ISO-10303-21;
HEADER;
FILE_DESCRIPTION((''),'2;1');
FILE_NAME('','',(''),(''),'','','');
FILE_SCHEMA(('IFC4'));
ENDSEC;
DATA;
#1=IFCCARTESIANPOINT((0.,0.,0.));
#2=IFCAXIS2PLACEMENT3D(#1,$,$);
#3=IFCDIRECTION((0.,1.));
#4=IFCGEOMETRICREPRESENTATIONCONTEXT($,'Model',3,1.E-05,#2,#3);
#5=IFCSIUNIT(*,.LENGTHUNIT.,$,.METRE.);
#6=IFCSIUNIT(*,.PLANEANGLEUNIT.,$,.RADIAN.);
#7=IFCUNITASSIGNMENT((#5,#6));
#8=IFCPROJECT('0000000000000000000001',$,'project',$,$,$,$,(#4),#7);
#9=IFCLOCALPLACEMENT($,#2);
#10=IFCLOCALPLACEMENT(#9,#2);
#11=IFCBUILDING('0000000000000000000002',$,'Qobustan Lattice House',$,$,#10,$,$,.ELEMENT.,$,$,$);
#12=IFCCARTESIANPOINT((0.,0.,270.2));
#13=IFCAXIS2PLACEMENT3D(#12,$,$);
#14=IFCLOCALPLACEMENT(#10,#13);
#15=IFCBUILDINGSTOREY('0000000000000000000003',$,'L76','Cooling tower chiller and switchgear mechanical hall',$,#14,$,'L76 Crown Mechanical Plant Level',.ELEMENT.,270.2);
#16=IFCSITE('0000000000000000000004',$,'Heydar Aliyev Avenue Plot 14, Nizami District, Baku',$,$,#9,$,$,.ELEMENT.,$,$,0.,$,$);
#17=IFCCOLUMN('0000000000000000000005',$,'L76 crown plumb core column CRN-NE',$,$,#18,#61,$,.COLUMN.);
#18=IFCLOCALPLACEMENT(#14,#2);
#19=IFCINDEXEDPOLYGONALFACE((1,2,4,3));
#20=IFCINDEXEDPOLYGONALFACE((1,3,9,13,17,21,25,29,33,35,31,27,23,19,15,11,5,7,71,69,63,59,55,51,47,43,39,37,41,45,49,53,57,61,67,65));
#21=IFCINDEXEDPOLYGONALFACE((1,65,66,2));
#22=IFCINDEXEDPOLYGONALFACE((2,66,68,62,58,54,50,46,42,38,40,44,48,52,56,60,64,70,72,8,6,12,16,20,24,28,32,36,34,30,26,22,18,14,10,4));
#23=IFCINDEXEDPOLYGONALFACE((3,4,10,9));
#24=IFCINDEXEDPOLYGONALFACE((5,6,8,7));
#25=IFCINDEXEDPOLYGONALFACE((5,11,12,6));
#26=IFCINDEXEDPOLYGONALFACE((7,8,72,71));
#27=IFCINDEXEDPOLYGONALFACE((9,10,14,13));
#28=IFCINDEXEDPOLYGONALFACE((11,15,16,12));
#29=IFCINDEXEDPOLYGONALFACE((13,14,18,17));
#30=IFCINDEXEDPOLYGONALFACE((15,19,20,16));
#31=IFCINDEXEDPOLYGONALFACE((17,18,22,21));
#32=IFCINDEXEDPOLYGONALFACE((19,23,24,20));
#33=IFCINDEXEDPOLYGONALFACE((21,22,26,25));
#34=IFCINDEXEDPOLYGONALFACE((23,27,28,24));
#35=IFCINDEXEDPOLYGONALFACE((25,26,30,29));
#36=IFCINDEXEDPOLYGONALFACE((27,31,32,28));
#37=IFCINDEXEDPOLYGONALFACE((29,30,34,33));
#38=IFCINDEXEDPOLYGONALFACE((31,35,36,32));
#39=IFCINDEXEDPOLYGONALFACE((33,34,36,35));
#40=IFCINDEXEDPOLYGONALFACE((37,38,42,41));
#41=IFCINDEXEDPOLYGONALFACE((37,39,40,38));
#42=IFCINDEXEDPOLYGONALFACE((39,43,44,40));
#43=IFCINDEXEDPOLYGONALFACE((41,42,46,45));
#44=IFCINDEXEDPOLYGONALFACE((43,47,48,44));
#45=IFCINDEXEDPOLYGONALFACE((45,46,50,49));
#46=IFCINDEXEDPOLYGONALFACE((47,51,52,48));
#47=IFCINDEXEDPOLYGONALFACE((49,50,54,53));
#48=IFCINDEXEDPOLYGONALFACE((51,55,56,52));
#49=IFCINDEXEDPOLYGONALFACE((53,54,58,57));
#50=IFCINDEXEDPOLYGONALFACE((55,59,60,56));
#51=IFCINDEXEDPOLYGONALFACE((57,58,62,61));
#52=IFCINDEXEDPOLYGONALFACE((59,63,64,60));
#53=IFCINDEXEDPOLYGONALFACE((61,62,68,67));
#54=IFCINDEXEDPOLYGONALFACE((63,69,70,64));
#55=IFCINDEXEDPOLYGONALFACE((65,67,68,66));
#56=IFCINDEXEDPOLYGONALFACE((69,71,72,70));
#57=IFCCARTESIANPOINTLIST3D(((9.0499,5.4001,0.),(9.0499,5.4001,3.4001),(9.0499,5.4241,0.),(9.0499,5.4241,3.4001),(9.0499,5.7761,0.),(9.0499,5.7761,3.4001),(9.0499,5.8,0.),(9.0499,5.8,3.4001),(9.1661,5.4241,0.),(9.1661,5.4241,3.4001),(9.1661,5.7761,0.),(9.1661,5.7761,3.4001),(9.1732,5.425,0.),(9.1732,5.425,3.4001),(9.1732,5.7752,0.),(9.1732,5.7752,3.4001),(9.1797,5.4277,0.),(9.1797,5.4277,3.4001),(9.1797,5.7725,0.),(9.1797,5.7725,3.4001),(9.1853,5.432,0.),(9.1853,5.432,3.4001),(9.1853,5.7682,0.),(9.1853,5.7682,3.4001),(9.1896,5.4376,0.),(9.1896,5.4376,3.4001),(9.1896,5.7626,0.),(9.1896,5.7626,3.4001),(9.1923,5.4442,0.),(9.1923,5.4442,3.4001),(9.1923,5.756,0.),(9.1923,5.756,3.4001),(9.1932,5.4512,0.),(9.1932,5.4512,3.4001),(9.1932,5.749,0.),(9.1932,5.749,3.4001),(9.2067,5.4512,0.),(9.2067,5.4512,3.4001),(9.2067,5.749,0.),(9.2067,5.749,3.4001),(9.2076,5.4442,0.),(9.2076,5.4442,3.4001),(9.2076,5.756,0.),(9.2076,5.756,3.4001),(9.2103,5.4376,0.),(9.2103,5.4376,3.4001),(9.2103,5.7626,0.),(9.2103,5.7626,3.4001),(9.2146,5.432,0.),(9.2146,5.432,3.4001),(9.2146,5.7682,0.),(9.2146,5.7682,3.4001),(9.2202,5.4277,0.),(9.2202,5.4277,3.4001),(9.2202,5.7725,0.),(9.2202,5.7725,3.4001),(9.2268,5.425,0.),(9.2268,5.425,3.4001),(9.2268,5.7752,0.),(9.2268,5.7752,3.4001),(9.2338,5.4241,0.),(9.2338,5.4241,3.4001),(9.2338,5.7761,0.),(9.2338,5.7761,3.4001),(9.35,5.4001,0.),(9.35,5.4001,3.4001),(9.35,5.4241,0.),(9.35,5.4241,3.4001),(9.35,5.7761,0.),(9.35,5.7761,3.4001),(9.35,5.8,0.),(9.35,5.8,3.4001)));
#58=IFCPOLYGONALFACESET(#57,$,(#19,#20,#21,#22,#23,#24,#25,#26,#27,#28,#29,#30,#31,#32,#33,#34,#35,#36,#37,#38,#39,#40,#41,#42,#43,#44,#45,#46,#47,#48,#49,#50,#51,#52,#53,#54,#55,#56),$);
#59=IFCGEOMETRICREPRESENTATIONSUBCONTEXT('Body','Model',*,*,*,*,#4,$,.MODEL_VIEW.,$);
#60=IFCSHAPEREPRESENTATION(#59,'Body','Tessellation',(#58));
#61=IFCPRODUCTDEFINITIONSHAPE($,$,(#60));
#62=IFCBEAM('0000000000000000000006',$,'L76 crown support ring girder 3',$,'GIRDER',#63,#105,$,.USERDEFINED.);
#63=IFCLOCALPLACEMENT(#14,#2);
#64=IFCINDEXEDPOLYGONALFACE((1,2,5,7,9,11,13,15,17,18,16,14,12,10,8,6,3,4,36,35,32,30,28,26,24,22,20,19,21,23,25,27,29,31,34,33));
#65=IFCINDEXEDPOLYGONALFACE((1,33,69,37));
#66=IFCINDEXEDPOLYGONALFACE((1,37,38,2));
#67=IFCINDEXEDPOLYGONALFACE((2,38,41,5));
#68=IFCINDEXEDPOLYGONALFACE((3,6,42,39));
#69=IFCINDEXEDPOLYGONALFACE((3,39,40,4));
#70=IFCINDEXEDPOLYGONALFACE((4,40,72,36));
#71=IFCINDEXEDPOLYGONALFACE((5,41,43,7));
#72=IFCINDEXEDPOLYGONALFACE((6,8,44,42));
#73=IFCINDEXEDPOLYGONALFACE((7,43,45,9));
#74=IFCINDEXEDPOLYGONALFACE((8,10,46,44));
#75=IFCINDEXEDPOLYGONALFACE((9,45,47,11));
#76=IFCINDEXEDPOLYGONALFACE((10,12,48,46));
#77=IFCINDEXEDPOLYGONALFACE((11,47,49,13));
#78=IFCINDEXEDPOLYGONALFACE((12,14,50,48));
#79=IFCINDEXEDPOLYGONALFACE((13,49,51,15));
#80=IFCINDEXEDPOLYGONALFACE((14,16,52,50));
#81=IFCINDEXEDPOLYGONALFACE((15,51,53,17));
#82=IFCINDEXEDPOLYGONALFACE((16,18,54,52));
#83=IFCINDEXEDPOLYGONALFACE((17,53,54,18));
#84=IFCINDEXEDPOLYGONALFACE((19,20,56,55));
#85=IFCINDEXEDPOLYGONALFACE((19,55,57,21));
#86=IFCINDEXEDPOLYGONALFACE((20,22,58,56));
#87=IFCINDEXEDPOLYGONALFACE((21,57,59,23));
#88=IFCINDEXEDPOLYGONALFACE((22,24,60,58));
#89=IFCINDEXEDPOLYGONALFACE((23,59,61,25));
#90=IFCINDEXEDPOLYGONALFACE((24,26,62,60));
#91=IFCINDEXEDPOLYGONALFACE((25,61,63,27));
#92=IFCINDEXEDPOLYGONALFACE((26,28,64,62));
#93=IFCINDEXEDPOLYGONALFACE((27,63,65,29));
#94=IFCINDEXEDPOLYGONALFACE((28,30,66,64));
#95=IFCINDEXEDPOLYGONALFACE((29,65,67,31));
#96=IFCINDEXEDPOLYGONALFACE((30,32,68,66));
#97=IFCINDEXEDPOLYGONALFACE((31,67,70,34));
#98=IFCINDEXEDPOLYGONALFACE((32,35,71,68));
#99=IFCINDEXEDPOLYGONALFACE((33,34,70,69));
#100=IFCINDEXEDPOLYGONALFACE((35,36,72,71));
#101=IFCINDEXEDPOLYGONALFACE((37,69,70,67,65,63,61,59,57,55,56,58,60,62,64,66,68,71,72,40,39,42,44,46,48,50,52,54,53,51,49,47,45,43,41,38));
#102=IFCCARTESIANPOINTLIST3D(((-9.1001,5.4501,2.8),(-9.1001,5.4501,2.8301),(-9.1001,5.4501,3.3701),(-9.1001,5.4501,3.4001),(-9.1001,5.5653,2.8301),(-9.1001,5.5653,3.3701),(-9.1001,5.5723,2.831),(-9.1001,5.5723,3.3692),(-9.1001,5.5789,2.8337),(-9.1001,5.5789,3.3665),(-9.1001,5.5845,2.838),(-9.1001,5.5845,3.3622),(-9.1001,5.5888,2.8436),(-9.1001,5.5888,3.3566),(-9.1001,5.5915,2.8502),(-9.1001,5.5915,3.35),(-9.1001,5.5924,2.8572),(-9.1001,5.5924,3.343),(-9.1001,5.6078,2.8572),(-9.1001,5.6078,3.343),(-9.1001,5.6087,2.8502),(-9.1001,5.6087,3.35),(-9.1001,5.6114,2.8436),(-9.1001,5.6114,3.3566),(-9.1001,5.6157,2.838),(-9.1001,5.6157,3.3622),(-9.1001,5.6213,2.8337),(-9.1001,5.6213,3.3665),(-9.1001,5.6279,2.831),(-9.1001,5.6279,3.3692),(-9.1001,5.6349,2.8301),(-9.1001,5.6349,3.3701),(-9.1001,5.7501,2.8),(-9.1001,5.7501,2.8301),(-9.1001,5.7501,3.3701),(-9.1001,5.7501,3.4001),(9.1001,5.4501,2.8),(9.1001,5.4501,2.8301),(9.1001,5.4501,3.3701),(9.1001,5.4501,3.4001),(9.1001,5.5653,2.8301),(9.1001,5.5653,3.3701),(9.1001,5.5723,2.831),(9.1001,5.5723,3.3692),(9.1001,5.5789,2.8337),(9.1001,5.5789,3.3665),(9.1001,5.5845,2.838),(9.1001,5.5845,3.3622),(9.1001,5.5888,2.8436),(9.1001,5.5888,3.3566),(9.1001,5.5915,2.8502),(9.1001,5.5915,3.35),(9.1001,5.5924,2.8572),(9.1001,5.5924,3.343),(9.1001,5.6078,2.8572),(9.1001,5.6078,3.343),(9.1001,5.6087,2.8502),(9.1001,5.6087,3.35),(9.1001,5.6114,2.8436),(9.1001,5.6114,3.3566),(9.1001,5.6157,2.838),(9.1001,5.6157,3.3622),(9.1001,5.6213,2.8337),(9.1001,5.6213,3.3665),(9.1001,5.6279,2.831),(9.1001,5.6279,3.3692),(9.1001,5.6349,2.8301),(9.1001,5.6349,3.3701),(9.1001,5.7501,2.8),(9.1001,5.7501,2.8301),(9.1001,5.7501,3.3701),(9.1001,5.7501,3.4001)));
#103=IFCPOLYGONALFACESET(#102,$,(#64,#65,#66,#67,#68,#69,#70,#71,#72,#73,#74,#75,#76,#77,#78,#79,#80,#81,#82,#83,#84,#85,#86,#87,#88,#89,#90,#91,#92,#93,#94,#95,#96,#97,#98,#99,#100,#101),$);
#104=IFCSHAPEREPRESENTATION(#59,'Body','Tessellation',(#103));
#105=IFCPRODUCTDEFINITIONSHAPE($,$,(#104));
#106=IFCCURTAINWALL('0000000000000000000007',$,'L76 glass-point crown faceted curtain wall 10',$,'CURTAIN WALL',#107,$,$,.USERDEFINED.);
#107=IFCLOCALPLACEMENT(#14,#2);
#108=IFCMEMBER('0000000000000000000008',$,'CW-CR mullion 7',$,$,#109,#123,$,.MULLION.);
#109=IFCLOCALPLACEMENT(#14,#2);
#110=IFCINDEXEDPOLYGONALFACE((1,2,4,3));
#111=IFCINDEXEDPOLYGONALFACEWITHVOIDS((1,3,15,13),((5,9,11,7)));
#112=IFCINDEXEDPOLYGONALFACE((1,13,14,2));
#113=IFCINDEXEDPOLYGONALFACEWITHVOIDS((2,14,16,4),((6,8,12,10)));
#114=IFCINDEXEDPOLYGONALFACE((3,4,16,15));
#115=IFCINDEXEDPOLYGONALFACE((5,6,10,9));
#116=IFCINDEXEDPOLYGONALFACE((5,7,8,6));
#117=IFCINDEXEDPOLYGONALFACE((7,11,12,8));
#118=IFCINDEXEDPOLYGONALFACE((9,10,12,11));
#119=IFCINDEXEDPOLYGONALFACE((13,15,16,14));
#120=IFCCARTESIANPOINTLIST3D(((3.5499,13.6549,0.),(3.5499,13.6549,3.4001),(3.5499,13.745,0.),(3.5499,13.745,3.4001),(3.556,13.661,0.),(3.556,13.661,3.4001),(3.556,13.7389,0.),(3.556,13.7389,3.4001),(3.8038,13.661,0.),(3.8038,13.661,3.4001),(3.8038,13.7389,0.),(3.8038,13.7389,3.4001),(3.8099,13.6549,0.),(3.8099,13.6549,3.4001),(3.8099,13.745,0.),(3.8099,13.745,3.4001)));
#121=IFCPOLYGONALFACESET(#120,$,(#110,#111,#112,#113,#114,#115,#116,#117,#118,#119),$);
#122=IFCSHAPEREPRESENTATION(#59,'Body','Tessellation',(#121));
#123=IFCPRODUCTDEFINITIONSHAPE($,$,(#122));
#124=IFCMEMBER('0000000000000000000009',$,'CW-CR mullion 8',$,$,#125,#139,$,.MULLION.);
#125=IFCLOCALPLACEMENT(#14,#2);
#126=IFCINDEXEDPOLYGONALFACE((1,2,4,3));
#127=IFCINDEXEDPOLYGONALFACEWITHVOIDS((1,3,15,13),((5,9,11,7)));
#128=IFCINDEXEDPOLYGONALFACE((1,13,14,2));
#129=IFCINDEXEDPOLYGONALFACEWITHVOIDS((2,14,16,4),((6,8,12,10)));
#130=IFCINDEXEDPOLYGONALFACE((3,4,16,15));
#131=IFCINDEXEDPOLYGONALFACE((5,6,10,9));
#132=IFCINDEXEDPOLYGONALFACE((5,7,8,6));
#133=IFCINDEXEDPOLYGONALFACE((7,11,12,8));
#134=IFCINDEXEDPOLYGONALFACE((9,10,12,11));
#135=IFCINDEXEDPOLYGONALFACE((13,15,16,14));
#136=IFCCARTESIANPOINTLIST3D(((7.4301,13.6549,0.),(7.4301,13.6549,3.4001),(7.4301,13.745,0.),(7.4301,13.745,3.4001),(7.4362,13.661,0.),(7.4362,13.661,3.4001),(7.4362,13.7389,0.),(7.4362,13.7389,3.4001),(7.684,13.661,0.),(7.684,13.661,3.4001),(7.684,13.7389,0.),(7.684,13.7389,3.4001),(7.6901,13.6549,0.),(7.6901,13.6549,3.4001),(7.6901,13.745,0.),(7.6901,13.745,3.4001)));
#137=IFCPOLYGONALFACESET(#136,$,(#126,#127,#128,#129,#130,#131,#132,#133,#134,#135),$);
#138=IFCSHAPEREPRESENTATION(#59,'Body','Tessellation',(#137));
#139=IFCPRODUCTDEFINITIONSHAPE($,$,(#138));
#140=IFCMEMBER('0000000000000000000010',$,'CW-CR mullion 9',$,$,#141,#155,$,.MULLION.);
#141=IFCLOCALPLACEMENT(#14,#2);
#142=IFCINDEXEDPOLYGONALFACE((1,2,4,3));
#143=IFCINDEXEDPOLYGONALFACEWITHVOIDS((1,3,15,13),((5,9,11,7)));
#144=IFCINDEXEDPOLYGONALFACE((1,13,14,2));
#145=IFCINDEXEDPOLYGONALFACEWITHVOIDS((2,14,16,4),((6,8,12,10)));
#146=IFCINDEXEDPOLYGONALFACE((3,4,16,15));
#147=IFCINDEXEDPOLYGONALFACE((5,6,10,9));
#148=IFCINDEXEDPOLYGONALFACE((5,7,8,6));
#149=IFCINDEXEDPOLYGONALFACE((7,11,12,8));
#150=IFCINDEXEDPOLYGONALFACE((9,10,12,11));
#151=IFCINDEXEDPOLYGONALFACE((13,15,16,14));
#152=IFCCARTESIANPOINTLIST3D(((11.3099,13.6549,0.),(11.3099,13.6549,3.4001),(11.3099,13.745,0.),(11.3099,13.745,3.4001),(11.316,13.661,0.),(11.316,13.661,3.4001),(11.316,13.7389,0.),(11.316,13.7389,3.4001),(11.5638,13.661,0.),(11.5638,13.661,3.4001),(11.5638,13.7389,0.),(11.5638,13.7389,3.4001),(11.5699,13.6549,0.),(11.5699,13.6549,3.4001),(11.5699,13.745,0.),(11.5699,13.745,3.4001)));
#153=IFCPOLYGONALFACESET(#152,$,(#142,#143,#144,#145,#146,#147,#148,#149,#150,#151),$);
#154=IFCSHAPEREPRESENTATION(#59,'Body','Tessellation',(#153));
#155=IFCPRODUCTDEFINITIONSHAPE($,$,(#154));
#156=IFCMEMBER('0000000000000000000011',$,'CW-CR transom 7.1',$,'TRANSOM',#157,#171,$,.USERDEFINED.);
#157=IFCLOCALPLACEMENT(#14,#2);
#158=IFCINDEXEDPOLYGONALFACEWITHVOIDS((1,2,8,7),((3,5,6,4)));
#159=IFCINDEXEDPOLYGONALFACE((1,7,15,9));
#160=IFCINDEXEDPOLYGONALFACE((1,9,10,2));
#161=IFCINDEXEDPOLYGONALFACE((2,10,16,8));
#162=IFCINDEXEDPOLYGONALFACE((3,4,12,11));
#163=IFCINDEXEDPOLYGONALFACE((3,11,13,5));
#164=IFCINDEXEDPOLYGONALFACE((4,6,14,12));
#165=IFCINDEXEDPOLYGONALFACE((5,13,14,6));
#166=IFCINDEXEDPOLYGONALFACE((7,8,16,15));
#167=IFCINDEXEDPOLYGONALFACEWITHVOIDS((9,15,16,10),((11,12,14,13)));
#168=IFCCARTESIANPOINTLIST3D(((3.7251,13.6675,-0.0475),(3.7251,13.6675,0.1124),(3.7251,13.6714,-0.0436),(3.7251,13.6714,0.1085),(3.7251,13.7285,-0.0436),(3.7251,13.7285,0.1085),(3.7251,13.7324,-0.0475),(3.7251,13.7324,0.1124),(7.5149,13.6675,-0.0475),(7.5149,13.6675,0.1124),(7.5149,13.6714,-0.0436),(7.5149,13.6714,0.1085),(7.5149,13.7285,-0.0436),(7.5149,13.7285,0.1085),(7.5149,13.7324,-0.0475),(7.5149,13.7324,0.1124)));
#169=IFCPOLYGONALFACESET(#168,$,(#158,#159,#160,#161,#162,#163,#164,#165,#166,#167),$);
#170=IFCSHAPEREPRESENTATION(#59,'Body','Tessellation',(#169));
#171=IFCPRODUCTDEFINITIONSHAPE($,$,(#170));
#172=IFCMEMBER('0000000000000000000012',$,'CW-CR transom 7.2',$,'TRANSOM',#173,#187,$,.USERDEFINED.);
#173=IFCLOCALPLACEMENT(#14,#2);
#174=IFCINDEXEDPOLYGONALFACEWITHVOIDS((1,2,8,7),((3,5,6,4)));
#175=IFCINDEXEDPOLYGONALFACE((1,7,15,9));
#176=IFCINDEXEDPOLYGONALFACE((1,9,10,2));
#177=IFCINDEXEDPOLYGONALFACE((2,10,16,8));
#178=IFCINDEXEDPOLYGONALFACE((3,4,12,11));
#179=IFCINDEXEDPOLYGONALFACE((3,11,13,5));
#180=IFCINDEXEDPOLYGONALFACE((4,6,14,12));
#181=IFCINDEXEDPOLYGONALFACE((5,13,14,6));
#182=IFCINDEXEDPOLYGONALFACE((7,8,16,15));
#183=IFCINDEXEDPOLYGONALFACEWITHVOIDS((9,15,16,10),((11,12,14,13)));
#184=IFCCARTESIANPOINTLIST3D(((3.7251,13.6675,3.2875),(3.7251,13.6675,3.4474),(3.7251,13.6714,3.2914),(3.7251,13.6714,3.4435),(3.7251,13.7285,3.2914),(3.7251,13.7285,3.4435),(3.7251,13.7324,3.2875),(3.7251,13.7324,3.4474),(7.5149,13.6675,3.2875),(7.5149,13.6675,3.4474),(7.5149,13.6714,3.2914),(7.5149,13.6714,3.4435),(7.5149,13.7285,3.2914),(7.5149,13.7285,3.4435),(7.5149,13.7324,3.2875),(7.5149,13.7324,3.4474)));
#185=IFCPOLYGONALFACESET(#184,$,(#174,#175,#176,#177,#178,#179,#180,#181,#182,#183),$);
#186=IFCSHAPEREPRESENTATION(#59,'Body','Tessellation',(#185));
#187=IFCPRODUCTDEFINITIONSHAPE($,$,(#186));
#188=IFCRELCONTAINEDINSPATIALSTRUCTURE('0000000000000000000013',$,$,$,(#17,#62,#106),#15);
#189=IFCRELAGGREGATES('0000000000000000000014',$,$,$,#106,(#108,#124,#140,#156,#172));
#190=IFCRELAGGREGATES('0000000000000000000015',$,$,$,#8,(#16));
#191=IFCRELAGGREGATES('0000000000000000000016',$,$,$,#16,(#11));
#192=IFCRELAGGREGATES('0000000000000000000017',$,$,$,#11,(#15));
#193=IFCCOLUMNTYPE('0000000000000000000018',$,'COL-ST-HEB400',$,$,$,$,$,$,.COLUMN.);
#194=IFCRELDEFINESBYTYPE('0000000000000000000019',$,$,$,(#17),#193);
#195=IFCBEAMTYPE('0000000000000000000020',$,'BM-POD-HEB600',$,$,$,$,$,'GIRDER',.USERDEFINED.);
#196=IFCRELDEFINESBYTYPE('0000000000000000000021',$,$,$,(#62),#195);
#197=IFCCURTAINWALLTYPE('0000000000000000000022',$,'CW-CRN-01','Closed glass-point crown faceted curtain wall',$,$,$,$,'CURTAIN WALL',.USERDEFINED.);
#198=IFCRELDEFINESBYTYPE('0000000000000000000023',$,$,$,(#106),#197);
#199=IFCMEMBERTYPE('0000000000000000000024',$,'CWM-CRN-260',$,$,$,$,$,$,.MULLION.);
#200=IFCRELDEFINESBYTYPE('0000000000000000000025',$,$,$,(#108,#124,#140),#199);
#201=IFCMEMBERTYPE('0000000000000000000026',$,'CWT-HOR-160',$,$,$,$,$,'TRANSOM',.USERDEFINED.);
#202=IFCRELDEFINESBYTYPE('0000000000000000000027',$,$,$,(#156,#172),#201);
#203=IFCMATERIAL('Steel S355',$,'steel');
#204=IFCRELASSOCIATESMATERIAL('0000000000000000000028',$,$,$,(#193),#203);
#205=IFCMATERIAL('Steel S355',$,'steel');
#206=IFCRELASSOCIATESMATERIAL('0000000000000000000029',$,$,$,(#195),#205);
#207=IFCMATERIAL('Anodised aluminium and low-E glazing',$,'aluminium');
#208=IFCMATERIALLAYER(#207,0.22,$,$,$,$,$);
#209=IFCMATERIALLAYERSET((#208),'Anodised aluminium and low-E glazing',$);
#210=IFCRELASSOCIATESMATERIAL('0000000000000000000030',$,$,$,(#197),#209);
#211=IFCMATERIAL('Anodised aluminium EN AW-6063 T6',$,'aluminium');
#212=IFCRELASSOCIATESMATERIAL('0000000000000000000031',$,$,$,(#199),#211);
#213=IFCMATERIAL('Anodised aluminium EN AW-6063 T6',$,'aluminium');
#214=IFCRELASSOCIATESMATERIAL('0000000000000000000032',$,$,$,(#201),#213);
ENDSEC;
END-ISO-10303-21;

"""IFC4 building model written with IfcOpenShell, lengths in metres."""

from ifc_helpers import new_model, si_unit, direction, frame, origin, origin_2d, place, context, subcontext, project, spatial, hollow_rectangle, i_section, extrude, material, layer, layer_set, material_profile, profile_set, type_object, element, aggregate, save


model = new_model("IFC4")

# Units and contexts
model_context = context("Model", 3, precision=1e-05, world=origin(), true_north=direction((0.0, 1.0)))
body_context = subcontext(model_context, "Body", "Model", "MODEL_VIEW")
ifc_project = project(units=[si_unit("LENGTHUNIT", "METRE"), si_unit("PLANEANGLEUNIT", "RADIAN")], contexts=[model_context])

# Site, building, storey
site_placement = place(None, origin())
site = spatial("IfcSite", under=ifc_project, at=site_placement, Name="Heydar Aliyev Avenue Plot 14, Nizami District, Baku", CompositionType="ELEMENT", RefElevation=0.0)
building_placement = place(site_placement, origin())
building = spatial("IfcBuilding", under=site, at=building_placement, Name="Qobustan Lattice House", CompositionType="ELEMENT")
storey_placement = place(building_placement, frame((0.0, 0.0, 270.2)))
storey = spatial("IfcBuildingStorey", under=building, at=storey_placement, Name="L76", Description="Cooling tower chiller and switchgear mechanical hall", LongName="L76 Crown Mechanical Plant Level", CompositionType="ELEMENT", Elevation=270.2)

# Column
ifc_material_1 = material(Name="Steel S355", Category="steel")
ifc_material_profile_1 = material_profile(ifc_material_1, i_section(OverallWidth=0.3, OverallDepth=0.3999, WebThickness=0.0134, FlangeThickness=0.0239, FilletRadius=0.0271, at=origin_2d()), Name="HEB400")
ifc_profile_set_1 = profile_set([ifc_material_profile_1], Name="Steel S355")
column_type = type_object("IfcColumnType", Name="COL-ST-HEB400", PredefinedType="COLUMN", material=ifc_profile_set_1)
column_placement = place(storey_placement, frame((9.2, 5.6001, 0.0), z_axis=(0.0, 0.0, 1.0), x_axis=(1.0, 0.0, 0.0)))
element("IfcColumn", 1, at=column_placement, inside=storey, type_object=column_type, Name="L76 crown plumb core column CRN-NE", PredefinedType="COLUMN", context=body_context, shape_type="SweptSolid", body=[
    extrude(i_section(OverallWidth=0.3, OverallDepth=0.3999, WebThickness=0.0134, FlangeThickness=0.0239, FilletRadius=0.0271, at=origin_2d()), origin(), (0.0, 0.0, 1.0), 3.4001),
])

# Beam
ifc_material_2 = material(Name="Steel S355", Category="steel")
ifc_material_profile_2 = material_profile(ifc_material_2, i_section(OverallWidth=0.3, OverallDepth=0.6001, WebThickness=0.0154, FlangeThickness=0.03, FilletRadius=0.0271, at=origin_2d()), Name="HEB600")
ifc_profile_set_2 = profile_set([ifc_material_profile_2], Name="Steel S355")
beam_type = type_object("IfcBeamType", Name="BM-POD-HEB600", ElementType="GIRDER", PredefinedType="USERDEFINED", material=ifc_profile_set_2)
beam_placement = place(storey_placement, frame((9.1001, 5.6001, 3.1001), z_axis=(-1.0, 0.0, 0.0), x_axis=(0.0, -1.0, 0.0)))
element("IfcBeam", 2, at=beam_placement, inside=storey, type_object=beam_type, Name="L76 crown support ring girder 3", ObjectType="GIRDER", PredefinedType="USERDEFINED", context=body_context, shape_type="SweptSolid", body=[
    extrude(i_section(OverallWidth=0.3, OverallDepth=0.6001, WebThickness=0.0154, FlangeThickness=0.03, FilletRadius=0.0271, at=origin_2d()), origin(), (0.0, 0.0, 1.0), 18.2002),
])

# Curtain wall, members
ifc_material_3 = material(Name="Anodised aluminium and low-E glazing", Category="aluminium")
ifc_layer_1 = layer(ifc_material_3, 0.22)
ifc_layer_set_1 = layer_set([ifc_layer_1], Name="Anodised aluminium and low-E glazing")
curtain_wall_type = type_object("IfcCurtainWallType", Name="CW-CRN-01", Description="Closed glass-point crown faceted curtain wall", ElementType="CURTAIN WALL", PredefinedType="USERDEFINED", material=ifc_layer_set_1)
curtain_wall_placement = place(storey_placement, origin())
curtain_wall = element("IfcCurtainWall", 3, at=curtain_wall_placement, inside=storey, type_object=curtain_wall_type, Name="L76 glass-point crown faceted curtain wall 10", ObjectType="CURTAIN WALL", PredefinedType="USERDEFINED")
ifc_material_4 = material(Name="Anodised aluminium EN AW-6063 T6", Category="aluminium")
ifc_material_profile_3 = material_profile(ifc_material_4, hollow_rectangle(XDim=0.0901, YDim=0.26, WallThickness=0.0061, at=origin_2d()), Name="CWM-CROWN-260x90")
ifc_profile_set_3 = profile_set([ifc_material_profile_3], Name="Anodised aluminium EN AW-6063 T6")
member_type_1 = type_object("IfcMemberType", Name="CWM-CRN-260", PredefinedType="MULLION", material=ifc_profile_set_3)
member_1_placement = place(storey_placement, frame((3.6799, 13.7, 0.0), z_axis=(0.0, 0.0, 1.0), x_axis=(0.0, 1.0, 0.0)))
member_1 = element("IfcMember", 4, at=member_1_placement, type_object=member_type_1, Name="CW-CR mullion 7", PredefinedType="MULLION", context=body_context, shape_type="SweptSolid", body=[
    extrude(hollow_rectangle(XDim=0.0901, YDim=0.26, WallThickness=0.0061, at=origin_2d()), origin(), (0.0, 0.0, 1.0), 3.4001),
])
member_2_placement = place(storey_placement, frame((7.5601, 13.7, 0.0), z_axis=(0.0, 0.0, 1.0), x_axis=(0.0, 1.0, 0.0)))
member_2 = element("IfcMember", 5, at=member_2_placement, type_object=member_type_1, Name="CW-CR mullion 8", PredefinedType="MULLION", context=body_context, shape_type="SweptSolid", body=[
    extrude(hollow_rectangle(XDim=0.0901, YDim=0.26, WallThickness=0.0061, at=origin_2d()), origin(), (0.0, 0.0, 1.0), 3.4001),
])
member_3_placement = place(storey_placement, frame((11.4399, 13.7, 0.0), z_axis=(0.0, 0.0, 1.0), x_axis=(0.0, 1.0, 0.0)))
member_3 = element("IfcMember", 6, at=member_3_placement, type_object=member_type_1, Name="CW-CR mullion 9", PredefinedType="MULLION", context=body_context, shape_type="SweptSolid", body=[
    extrude(hollow_rectangle(XDim=0.0901, YDim=0.26, WallThickness=0.0061, at=origin_2d()), origin(), (0.0, 0.0, 1.0), 3.4001),
])
ifc_material_5 = material(Name="Anodised aluminium EN AW-6063 T6", Category="aluminium")
ifc_material_profile_4 = material_profile(ifc_material_5, hollow_rectangle(XDim=0.0649, YDim=0.1599, WallThickness=0.0039, at=origin_2d()), Name="CWT-160x65")
ifc_profile_set_4 = profile_set([ifc_material_profile_4], Name="Anodised aluminium EN AW-6063 T6")
member_type_2 = type_object("IfcMemberType", Name="CWT-HOR-160", ElementType="TRANSOM", PredefinedType="USERDEFINED", material=ifc_profile_set_4)
member_4_placement = place(storey_placement, frame((3.7251, 13.7, 0.0325), z_axis=(1.0, 0.0, 0.0), x_axis=(0.0, 1.0, 0.0)))
member_4 = element("IfcMember", 7, at=member_4_placement, type_object=member_type_2, Name="CW-CR transom 7.1", ObjectType="TRANSOM", PredefinedType="USERDEFINED", context=body_context, shape_type="SweptSolid", body=[
    extrude(hollow_rectangle(XDim=0.0649, YDim=0.1599, WallThickness=0.0039, at=origin_2d()), origin(), (0.0, 0.0, 1.0), 3.7898),
])
member_5_placement = place(storey_placement, frame((3.7251, 13.7, 3.3674), z_axis=(1.0, 0.0, 0.0), x_axis=(0.0, 1.0, 0.0)))
member_5 = element("IfcMember", 8, at=member_5_placement, type_object=member_type_2, Name="CW-CR transom 7.2", ObjectType="TRANSOM", PredefinedType="USERDEFINED", context=body_context, shape_type="SweptSolid", body=[
    extrude(hollow_rectangle(XDim=0.0649, YDim=0.1599, WallThickness=0.0039, at=origin_2d()), origin(), (0.0, 0.0, 1.0), 3.7898),
])

aggregate(curtain_wall, [member_1, member_2, member_3, member_4, member_5])

save(model, "model.ifc")
